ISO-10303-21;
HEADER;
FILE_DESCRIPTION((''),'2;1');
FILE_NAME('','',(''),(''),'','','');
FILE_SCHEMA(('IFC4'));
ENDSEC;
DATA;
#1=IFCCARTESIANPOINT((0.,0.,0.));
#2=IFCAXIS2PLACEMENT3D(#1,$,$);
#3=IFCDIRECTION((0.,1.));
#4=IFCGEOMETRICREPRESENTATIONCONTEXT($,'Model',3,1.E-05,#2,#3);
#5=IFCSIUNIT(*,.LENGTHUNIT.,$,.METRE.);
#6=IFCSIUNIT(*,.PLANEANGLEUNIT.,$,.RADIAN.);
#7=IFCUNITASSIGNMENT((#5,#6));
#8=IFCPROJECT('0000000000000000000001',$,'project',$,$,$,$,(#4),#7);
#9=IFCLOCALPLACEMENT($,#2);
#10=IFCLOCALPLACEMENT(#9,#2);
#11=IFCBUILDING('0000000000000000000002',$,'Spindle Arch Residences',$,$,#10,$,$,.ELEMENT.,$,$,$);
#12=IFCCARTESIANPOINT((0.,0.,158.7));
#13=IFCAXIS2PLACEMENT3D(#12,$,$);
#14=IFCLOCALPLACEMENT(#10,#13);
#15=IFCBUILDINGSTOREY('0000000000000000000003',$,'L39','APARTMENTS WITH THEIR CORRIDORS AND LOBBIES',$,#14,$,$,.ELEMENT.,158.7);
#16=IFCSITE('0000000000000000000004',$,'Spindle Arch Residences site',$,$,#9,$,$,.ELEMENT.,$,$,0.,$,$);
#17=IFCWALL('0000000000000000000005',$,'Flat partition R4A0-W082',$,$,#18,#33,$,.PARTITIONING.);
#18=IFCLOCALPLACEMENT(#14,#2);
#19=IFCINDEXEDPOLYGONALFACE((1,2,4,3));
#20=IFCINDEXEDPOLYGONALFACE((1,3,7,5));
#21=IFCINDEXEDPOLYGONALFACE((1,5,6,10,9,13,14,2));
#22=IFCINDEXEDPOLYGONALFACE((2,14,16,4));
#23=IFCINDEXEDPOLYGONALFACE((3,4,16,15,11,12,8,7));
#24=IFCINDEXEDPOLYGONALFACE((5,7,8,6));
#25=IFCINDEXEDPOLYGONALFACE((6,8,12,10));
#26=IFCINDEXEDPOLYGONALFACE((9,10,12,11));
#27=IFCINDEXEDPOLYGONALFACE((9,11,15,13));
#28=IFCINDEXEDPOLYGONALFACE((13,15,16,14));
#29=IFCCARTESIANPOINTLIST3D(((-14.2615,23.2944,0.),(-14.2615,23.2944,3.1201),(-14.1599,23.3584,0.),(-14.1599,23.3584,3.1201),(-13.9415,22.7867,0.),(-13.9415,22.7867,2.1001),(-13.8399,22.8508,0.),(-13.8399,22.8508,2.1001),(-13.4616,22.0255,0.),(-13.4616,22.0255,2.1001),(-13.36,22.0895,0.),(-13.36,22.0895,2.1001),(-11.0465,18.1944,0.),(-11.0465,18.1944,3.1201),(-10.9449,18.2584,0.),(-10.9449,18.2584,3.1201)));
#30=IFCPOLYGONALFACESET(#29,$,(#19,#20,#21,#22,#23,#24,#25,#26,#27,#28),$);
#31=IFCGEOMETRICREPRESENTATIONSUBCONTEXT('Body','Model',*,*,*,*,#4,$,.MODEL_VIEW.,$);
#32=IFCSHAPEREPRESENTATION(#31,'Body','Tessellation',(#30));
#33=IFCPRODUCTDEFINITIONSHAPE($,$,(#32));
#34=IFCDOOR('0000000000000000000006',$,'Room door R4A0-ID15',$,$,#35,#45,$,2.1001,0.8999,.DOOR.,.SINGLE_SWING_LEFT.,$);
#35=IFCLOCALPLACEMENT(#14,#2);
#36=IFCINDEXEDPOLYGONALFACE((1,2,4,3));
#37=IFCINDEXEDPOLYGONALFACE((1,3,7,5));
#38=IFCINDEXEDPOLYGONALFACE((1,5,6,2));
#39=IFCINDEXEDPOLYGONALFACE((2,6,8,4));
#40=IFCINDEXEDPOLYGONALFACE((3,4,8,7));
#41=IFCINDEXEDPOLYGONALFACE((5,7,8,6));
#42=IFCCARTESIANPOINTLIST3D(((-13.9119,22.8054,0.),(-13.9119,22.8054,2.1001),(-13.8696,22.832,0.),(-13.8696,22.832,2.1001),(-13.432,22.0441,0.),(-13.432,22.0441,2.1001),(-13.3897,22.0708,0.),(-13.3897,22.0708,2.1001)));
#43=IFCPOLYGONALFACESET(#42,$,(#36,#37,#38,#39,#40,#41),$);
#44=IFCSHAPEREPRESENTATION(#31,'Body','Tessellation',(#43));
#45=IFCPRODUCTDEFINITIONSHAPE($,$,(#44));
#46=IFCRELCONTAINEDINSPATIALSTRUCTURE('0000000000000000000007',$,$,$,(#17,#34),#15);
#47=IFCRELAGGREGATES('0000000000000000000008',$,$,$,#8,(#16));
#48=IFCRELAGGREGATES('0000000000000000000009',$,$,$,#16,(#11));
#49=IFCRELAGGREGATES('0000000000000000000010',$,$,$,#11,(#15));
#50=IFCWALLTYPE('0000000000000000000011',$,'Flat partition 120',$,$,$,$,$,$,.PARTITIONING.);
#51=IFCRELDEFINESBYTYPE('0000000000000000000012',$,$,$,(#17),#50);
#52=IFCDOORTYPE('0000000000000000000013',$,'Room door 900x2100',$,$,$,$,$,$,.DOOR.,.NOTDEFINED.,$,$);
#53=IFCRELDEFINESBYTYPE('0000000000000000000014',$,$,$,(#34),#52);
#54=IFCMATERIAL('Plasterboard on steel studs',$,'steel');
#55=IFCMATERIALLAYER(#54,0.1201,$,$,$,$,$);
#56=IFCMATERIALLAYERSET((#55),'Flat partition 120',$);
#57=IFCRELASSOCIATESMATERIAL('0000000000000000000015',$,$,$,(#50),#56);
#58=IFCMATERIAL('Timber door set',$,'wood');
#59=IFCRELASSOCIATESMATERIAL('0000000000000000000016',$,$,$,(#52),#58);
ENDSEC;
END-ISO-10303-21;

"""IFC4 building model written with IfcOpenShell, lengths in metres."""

from ifc_helpers import new_model, si_unit, direction, frame, frame_2d, origin, place, context, subcontext, project, spatial, rectangle, extrude, material, layer, layer_set, type_object, element, fill, save


model = new_model("IFC4")

# Units and contexts
model_context = context("Model", 3, precision=1e-05, world=origin(), true_north=direction((0.0, 1.0)))
body_context = subcontext(model_context, "Body", "Model", "MODEL_VIEW")
ifc_project = project(units=[si_unit("LENGTHUNIT", "METRE"), si_unit("PLANEANGLEUNIT", "RADIAN")], contexts=[model_context])

# Site, building, storey
site_placement = place(None, origin())
site = spatial("IfcSite", under=ifc_project, at=site_placement, Name="Spindle Arch Residences site", CompositionType="ELEMENT", RefElevation=0.0)
building_placement = place(site_placement, origin())
building = spatial("IfcBuilding", under=site, at=building_placement, Name="Spindle Arch Residences", CompositionType="ELEMENT")
storey_placement = place(building_placement, frame((0.0, 0.0, 158.7)))
storey = spatial("IfcBuildingStorey", under=building, at=storey_placement, Name="L39", Description="APARTMENTS WITH THEIR CORRIDORS AND LOBBIES", CompositionType="ELEMENT", Elevation=158.7)

# Shared definitions
ifc_material_1 = material(Name="Plasterboard on steel studs", Category="steel")
ifc_layer_1 = layer(ifc_material_1, 0.1201)
ifc_layer_set_1 = layer_set([ifc_layer_1], Name="Flat partition 120")
wall_type_1 = type_object("IfcWallType", Name="Flat partition 120", PredefinedType="PARTITIONING", material=ifc_layer_set_1)

# Wall, opening, door
ifc_material_2 = material(Name="Timber door set", Category="wood")
door_type_1 = type_object("IfcDoorType", Name="Room door 900x2100", OperationType="NOTDEFINED", PredefinedType="DOOR", material=ifc_material_2)
wall_1_placement = place(storey_placement, frame((-14.2107, 23.3264, 0.0), z_axis=(0.0, 0.0, 1.0), x_axis=(0.533278, -0.84594, 0.0)))
wall_1 = element("IfcWall", 1, at=wall_1_placement, inside=storey, type_object=wall_type_1, Name="Flat partition R4A0-W082", PredefinedType="PARTITIONING", context=body_context, shape_type="SweptSolid", body=[
    extrude(rectangle(XDim=6.0288, YDim=0.1201, at=frame_2d((3.0144, 0.0))), origin(), (0.0, 0.0, 1.0), 3.1201),
])
opening_1_placement = place(wall_1_placement, frame((0.6001, 0.0, 0.0)))
opening_1 = element("IfcOpeningElement", 2, at=opening_1_placement, cuts=wall_1, PredefinedType="OPENING", context=body_context, shape_type="SweptSolid", body=[
    extrude(rectangle(XDim=0.8999, YDim=2.1001, at=frame_2d((0.45, 1.05))), frame((0.0, 0.0701, 0.0), z_axis=(0.0, -1.0, 0.0), x_axis=(1.0, 0.0, 0.0)), (0.0, 0.0, 1.0), 0.1401),
])
door_1_placement = place(opening_1_placement, origin())
door_1 = element("IfcDoor", 3, at=door_1_placement, inside=storey, type_object=door_type_1, Name="Room door R4A0-ID15", OperationType="SINGLE_SWING_LEFT", OverallHeight=2.1001, OverallWidth=0.8999, PredefinedType="DOOR", context=body_context, shape_type="SweptSolid", body=[
    extrude(rectangle(XDim=0.8999, YDim=2.1001, at=frame_2d((0.45, 1.05))), frame((0.0, 0.0249, 0.0), z_axis=(0.0, -1.0, 0.0), x_axis=(1.0, 0.0, 0.0)), (0.0, 0.0, 1.0), 0.05),
])
fill(opening_1, door_1)

save(model, "model.ifc")
